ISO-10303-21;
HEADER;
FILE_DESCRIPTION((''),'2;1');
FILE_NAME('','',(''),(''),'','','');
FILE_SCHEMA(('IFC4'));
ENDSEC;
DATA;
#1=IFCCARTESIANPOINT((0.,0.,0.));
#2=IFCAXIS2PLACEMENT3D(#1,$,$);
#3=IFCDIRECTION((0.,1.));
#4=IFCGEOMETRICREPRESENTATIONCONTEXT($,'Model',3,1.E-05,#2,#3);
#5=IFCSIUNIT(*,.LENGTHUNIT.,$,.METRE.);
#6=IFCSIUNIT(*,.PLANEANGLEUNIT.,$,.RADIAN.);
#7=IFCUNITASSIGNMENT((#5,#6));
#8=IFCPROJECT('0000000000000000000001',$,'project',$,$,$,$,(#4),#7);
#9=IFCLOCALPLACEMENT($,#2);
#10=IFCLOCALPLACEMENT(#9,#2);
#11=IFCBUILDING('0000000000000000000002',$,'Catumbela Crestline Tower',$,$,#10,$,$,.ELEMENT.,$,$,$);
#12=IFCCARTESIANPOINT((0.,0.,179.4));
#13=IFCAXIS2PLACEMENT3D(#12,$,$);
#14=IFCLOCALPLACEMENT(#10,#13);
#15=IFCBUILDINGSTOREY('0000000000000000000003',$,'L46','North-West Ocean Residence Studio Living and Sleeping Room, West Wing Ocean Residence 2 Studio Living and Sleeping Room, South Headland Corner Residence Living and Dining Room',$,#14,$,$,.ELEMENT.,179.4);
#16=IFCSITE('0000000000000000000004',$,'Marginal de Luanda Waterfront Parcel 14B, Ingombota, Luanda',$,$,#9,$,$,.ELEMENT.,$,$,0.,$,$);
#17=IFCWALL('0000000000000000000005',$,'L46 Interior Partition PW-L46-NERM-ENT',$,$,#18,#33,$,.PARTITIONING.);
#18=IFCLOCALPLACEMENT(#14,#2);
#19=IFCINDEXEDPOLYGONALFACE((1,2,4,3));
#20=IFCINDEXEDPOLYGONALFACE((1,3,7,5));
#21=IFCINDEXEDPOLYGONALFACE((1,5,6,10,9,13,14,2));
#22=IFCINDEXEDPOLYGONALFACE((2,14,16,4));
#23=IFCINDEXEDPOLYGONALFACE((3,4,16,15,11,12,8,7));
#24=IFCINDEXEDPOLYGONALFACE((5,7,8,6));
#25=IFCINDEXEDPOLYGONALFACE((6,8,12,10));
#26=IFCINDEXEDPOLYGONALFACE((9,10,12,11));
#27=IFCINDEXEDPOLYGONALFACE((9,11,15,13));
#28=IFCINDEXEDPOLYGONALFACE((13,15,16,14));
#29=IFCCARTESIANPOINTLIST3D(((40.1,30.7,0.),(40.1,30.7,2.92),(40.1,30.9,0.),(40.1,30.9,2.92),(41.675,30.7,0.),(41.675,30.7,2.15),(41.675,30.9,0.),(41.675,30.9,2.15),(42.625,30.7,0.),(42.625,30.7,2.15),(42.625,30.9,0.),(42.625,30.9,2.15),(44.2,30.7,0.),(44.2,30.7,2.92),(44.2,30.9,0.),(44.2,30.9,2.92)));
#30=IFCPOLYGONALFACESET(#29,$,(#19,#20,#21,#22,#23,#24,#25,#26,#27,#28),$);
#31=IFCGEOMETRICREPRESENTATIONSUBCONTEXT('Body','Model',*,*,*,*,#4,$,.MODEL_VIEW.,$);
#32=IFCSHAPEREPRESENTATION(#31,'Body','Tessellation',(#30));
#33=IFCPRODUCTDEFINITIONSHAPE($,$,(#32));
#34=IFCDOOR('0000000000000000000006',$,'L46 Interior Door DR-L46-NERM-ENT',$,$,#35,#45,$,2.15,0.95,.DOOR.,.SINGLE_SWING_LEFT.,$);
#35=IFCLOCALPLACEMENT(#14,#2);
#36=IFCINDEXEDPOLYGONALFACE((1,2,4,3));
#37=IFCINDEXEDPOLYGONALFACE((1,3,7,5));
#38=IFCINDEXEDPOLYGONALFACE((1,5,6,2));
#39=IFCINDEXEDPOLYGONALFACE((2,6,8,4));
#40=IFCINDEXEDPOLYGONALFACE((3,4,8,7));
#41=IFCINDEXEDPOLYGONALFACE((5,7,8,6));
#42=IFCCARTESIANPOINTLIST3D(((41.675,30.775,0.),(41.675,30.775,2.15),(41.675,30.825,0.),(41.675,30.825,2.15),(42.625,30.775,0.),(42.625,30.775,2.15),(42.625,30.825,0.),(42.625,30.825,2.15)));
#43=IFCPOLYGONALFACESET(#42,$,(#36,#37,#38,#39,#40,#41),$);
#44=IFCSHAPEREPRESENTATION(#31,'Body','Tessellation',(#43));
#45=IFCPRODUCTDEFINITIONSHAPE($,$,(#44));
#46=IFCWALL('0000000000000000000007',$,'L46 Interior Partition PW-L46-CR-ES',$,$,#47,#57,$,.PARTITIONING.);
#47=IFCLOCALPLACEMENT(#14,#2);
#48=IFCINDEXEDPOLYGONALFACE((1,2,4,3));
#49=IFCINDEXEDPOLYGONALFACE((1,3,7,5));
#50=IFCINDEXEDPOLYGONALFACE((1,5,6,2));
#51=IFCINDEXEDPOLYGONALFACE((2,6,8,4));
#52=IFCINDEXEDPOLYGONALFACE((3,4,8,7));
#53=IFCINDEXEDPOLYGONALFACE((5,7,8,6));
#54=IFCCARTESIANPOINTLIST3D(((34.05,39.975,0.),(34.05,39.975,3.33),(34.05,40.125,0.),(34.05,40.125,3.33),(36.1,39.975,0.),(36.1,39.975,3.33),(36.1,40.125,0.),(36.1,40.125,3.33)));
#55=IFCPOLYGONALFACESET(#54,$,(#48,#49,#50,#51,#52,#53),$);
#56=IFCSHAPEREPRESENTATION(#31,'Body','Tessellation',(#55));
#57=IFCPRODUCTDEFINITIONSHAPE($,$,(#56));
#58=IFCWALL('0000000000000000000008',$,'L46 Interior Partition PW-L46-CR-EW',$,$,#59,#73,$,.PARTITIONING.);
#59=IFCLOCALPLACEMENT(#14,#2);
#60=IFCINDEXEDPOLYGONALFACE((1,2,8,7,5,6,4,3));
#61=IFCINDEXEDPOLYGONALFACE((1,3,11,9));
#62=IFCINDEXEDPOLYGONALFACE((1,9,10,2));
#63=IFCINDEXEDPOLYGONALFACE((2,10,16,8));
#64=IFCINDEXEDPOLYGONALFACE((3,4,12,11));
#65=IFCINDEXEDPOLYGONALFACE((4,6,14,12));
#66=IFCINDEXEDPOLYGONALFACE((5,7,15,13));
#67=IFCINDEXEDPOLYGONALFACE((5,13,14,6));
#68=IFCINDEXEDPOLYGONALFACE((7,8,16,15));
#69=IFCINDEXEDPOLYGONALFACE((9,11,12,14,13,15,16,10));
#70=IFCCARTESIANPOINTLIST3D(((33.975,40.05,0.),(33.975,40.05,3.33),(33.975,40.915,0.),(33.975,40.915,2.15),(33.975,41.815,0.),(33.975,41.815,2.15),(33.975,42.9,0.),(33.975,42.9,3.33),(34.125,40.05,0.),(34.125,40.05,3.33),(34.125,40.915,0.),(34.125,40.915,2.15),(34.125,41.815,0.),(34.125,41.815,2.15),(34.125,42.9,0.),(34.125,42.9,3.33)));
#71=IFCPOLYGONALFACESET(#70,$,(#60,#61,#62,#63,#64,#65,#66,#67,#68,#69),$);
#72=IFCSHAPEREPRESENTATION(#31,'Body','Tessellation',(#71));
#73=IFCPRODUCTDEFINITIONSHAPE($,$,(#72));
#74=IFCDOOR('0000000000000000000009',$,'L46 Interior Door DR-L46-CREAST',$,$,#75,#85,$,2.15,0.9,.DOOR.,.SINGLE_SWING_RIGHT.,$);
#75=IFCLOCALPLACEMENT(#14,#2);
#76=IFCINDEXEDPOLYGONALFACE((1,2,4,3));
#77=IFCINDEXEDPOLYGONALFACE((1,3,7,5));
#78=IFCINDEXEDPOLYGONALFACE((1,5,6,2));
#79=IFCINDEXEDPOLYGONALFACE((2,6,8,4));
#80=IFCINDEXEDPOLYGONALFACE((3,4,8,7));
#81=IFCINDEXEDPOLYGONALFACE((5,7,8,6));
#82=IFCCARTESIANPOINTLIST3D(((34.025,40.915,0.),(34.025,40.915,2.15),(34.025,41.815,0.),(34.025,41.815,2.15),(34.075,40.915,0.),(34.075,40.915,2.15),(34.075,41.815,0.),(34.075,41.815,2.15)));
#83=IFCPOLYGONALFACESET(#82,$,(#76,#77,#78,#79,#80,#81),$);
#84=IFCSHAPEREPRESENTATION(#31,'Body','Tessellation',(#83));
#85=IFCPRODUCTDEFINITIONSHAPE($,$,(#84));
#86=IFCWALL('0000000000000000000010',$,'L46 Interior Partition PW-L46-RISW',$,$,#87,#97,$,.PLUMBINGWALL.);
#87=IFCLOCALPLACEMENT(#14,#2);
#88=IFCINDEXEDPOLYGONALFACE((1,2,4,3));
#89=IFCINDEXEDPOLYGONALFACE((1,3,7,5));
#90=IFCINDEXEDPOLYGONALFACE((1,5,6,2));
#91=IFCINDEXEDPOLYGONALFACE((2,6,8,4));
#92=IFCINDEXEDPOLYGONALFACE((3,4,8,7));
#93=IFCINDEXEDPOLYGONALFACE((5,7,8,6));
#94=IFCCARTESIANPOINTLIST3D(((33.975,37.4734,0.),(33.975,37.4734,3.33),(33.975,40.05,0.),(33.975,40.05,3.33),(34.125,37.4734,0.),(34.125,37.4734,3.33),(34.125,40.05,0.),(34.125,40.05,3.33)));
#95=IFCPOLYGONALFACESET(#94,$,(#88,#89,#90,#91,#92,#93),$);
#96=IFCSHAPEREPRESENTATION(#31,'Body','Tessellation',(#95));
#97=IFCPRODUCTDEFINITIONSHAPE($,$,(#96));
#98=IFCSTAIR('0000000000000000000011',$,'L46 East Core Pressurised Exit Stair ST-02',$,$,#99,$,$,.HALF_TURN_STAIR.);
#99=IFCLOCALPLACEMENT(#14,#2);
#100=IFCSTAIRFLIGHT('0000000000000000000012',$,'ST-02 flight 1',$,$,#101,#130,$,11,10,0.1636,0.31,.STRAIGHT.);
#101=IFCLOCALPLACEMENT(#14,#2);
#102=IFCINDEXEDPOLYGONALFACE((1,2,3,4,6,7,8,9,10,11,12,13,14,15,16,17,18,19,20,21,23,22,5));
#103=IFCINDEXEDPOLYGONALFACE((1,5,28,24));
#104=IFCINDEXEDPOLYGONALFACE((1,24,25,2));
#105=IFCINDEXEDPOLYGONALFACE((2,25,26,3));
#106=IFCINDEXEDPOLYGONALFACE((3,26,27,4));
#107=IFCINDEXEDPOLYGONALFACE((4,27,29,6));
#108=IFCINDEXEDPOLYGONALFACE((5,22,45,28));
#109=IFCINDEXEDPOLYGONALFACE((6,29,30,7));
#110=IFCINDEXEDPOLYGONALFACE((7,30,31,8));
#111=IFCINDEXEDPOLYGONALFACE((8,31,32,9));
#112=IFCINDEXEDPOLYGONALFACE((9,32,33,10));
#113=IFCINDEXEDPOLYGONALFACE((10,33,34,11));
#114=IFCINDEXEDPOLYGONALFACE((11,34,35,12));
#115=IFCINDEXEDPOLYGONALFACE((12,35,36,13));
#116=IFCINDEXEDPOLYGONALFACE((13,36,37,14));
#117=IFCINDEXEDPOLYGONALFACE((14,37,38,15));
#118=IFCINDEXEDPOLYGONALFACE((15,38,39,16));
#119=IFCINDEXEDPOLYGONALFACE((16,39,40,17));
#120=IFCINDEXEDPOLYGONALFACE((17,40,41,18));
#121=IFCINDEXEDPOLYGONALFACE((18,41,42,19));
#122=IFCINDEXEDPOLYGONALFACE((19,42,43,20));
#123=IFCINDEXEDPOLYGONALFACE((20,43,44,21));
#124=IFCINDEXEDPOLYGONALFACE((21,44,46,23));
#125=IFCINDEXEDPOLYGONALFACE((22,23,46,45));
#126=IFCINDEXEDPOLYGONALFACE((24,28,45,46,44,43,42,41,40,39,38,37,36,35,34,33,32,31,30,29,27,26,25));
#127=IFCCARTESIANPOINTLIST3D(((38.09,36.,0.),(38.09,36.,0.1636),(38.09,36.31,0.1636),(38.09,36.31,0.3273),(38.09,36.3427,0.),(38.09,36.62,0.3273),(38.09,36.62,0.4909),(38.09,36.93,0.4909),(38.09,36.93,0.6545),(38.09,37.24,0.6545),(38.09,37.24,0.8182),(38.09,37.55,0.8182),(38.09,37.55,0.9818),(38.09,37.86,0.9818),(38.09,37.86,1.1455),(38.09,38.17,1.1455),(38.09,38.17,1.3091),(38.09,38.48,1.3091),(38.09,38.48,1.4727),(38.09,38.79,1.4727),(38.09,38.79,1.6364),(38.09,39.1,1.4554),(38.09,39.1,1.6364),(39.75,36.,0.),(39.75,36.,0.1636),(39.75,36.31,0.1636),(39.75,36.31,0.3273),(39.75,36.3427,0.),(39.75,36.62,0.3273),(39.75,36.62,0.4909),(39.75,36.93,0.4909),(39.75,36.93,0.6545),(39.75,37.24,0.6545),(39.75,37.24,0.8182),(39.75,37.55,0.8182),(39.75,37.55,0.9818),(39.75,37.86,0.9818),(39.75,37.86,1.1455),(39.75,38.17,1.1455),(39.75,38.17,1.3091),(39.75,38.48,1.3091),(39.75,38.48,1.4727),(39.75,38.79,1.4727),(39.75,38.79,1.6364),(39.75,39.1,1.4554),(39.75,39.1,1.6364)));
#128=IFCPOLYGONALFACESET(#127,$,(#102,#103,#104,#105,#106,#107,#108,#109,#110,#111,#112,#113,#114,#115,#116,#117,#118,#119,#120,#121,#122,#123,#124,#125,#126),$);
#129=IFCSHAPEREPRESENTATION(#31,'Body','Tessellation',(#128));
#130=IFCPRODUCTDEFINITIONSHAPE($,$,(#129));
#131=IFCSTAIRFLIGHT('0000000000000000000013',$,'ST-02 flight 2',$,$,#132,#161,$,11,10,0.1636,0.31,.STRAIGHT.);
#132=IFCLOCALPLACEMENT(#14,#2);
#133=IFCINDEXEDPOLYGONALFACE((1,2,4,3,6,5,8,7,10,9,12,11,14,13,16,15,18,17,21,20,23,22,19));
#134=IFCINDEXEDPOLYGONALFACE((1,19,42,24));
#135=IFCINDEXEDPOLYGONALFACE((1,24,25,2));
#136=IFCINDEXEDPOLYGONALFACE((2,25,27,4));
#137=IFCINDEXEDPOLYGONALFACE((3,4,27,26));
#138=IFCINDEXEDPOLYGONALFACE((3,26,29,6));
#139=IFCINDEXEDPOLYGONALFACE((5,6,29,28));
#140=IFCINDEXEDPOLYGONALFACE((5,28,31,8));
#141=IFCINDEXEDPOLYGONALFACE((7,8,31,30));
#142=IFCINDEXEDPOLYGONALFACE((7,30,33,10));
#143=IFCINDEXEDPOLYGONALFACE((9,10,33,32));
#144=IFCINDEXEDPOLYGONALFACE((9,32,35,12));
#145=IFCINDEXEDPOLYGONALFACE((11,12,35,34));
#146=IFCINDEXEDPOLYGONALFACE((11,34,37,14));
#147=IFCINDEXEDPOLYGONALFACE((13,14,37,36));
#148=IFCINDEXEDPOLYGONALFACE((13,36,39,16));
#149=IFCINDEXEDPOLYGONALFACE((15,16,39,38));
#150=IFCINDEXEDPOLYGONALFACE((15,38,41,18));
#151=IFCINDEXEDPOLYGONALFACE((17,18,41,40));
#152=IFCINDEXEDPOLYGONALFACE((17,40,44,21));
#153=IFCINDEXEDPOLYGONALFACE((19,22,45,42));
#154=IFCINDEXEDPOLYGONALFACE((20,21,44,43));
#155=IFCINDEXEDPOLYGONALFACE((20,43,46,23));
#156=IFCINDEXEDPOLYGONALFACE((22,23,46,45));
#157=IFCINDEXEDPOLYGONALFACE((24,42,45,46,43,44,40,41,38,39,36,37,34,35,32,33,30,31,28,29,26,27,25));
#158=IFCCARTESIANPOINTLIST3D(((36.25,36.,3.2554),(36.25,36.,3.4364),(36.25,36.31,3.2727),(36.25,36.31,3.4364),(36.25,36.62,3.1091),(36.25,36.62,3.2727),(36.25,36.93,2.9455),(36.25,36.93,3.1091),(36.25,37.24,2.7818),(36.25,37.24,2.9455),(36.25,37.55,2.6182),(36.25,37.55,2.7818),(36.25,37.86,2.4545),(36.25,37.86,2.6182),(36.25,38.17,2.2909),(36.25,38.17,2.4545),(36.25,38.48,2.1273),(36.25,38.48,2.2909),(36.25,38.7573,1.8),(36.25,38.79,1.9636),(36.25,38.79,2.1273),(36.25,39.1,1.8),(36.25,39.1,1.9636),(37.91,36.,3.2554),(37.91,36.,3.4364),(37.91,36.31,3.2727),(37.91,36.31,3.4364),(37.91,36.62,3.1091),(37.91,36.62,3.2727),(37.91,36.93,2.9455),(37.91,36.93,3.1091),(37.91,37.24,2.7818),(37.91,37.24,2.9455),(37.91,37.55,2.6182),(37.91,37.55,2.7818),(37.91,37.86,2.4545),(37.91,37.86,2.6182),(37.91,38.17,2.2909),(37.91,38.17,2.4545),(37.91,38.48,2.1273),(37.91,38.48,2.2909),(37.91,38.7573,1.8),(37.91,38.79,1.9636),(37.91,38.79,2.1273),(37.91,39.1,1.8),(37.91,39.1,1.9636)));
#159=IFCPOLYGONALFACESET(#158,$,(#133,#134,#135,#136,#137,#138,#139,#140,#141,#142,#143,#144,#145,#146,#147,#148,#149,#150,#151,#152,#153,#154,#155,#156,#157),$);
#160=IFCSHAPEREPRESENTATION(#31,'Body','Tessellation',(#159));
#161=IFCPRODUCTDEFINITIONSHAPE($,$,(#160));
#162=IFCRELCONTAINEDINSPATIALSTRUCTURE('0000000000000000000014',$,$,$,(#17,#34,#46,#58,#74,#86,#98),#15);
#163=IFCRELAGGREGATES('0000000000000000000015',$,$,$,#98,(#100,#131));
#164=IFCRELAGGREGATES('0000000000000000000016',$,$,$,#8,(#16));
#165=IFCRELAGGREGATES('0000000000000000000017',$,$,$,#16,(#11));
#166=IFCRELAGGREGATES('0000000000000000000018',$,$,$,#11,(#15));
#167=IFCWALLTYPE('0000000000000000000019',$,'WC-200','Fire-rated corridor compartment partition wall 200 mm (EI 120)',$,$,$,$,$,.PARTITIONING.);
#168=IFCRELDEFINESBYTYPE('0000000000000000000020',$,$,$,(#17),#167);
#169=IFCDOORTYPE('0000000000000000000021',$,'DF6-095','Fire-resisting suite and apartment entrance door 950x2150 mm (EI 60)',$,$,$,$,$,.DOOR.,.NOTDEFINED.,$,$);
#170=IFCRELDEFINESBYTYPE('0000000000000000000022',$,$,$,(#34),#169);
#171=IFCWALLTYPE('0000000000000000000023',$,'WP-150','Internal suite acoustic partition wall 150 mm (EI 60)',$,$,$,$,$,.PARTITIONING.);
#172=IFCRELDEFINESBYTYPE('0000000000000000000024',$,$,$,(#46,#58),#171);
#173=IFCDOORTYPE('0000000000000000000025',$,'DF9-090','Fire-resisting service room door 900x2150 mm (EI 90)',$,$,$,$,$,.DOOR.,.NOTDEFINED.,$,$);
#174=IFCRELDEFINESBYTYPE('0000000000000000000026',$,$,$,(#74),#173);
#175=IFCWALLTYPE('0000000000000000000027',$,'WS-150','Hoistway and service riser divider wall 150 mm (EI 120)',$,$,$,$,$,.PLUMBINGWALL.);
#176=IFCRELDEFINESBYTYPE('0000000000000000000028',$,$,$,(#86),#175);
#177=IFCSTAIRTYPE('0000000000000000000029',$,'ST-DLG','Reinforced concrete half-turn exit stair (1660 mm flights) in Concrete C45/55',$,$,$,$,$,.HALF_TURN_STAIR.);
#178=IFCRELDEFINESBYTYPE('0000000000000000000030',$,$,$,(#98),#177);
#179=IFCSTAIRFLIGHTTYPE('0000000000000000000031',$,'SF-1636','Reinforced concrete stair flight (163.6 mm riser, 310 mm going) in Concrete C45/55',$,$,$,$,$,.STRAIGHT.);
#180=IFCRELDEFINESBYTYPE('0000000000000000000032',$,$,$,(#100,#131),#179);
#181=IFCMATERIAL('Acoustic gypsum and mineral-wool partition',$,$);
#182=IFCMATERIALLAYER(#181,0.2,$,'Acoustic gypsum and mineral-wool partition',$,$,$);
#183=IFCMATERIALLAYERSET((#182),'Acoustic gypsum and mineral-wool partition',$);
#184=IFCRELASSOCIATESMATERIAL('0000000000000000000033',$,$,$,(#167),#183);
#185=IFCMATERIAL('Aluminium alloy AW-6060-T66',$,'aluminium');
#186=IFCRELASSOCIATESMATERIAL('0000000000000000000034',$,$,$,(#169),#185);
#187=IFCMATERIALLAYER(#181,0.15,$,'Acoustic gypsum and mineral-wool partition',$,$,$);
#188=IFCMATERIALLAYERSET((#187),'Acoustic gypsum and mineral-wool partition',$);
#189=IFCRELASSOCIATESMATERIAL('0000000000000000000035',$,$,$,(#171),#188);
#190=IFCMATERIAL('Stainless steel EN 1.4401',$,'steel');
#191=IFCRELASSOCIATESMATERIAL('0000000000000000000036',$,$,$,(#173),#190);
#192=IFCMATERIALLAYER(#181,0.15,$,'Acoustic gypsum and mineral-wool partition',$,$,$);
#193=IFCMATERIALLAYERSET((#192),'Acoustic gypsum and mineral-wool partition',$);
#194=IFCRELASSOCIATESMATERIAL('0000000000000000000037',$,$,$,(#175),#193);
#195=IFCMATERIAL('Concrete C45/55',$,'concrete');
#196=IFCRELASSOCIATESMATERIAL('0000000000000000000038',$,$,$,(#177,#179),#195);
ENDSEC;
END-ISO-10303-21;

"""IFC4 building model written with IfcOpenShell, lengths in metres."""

from ifc_helpers import new_model, si_unit, direction, frame, frame_2d, origin, place, context, subcontext, project, spatial, polyline, rectangle, outline, extrude, material, layer, layer_set, type_object, element, fill, aggregate, save


model = new_model("IFC4")

# Units and contexts
model_context = context("Model", 3, precision=1e-05, world=origin(), true_north=direction((0.0, 1.0)))
body_context = subcontext(model_context, "Body", "Model", "MODEL_VIEW")
ifc_project = project(units=[si_unit("LENGTHUNIT", "METRE"), si_unit("PLANEANGLEUNIT", "RADIAN")], contexts=[model_context])

# Site, building, storey
site_placement = place(None, origin())
site = spatial("IfcSite", under=ifc_project, at=site_placement, Name="Marginal de Luanda Waterfront Parcel 14B, Ingombota, Luanda", CompositionType="ELEMENT", RefElevation=0.0)
building_placement = place(site_placement, origin())
building = spatial("IfcBuilding", under=site, at=building_placement, Name="Catumbela Crestline Tower", CompositionType="ELEMENT")
storey_placement = place(building_placement, frame((0.0, 0.0, 179.4)))
storey = spatial("IfcBuildingStorey", under=building, at=storey_placement, Name="L46", Description="North-West Ocean Residence Studio Living and Sleeping Room, West Wing Ocean Residence 2 Studio Living and Sleeping Room, South Headland Corner Residence Living and Dining Room", CompositionType="ELEMENT", Elevation=179.4)

# Shared definitions
ifc_material_1 = material(Name="Aluminium alloy AW-6060-T66", Category="aluminium")

# Wall, opening, door
ifc_material_2 = material(Name="Acoustic gypsum and mineral-wool partition")
ifc_layer_1 = layer(ifc_material_2, 0.2, Name="Acoustic gypsum and mineral-wool partition")
ifc_layer_set_1 = layer_set([ifc_layer_1], Name="Acoustic gypsum and mineral-wool partition")
wall_type_1 = type_object("IfcWallType", Name="WC-200", Description="Fire-rated corridor compartment partition wall 200 mm (EI 120)", PredefinedType="PARTITIONING", material=ifc_layer_set_1)
wall_1_placement = place(storey_placement, frame((40.1, 30.8, 0.0), z_axis=(0.0, 0.0, 1.0), x_axis=(1.0, 0.0, 0.0)))
wall_1 = element("IfcWall", 1, at=wall_1_placement, inside=storey, type_object=wall_type_1, Name="L46 Interior Partition PW-L46-NERM-ENT", PredefinedType="PARTITIONING", context=body_context, shape_type="SweptSolid", body=[
    extrude(rectangle(XDim=4.1, YDim=0.2, at=frame_2d((2.05, 0.0))), origin(), (0.0, 0.0, 1.0), 2.92),
])
opening_1_placement = place(wall_1_placement, frame((1.575, 0.0, 0.0)))
opening_1 = element("IfcOpeningElement", 2, at=opening_1_placement, cuts=wall_1, PredefinedType="OPENING", context=body_context, shape_type="SweptSolid", body=[
    extrude(rectangle(XDim=0.95, YDim=2.15, at=frame_2d((0.475, 1.075))), frame((0.0, 0.11, 0.0), z_axis=(0.0, -1.0, 0.0), x_axis=(1.0, 0.0, 0.0)), (0.0, 0.0, 1.0), 0.22),
])
door_type_1 = type_object("IfcDoorType", Name="DF6-095", Description="Fire-resisting suite and apartment entrance door 950x2150 mm (EI 60)", OperationType="NOTDEFINED", PredefinedType="DOOR", material=ifc_material_1)
door_1_placement = place(opening_1_placement, origin())
door_1 = element("IfcDoor", 3, at=door_1_placement, inside=storey, type_object=door_type_1, Name="L46 Interior Door DR-L46-NERM-ENT", OperationType="SINGLE_SWING_LEFT", OverallHeight=2.15, OverallWidth=0.95, PredefinedType="DOOR", context=body_context, shape_type="SweptSolid", body=[
    extrude(rectangle(XDim=0.95, YDim=2.15, at=frame_2d((0.475, 1.075))), frame((0.0, 0.025, 0.0), z_axis=(0.0, -1.0, 0.0), x_axis=(1.0, 0.0, 0.0)), (0.0, 0.0, 1.0), 0.05),
])
fill(opening_1, door_1)

# Wall
ifc_layer_2 = layer(ifc_material_2, 0.15, Name="Acoustic gypsum and mineral-wool partition")
ifc_layer_set_2 = layer_set([ifc_layer_2], Name="Acoustic gypsum and mineral-wool partition")
wall_type_2 = type_object("IfcWallType", Name="WP-150", Description="Internal suite acoustic partition wall 150 mm (EI 60)", PredefinedType="PARTITIONING", material=ifc_layer_set_2)
wall_2_placement = place(storey_placement, frame((34.05, 40.05, 0.0), z_axis=(0.0, 0.0, 1.0), x_axis=(1.0, 0.0, 0.0)))
element("IfcWall", 4, at=wall_2_placement, inside=storey, type_object=wall_type_2, Name="L46 Interior Partition PW-L46-CR-ES", PredefinedType="PARTITIONING", context=body_context, shape_type="SweptSolid", body=[
    extrude(rectangle(XDim=2.05, YDim=0.15, at=frame_2d((1.025, 0.0))), origin(), (0.0, 0.0, 1.0), 3.33),
])

# Wall, opening, door
wall_3_placement = place(storey_placement, frame((34.05, 40.05, 0.0), z_axis=(0.0, 0.0, 1.0), x_axis=(0.0, 1.0, 0.0)))
wall_3 = element("IfcWall", 5, at=wall_3_placement, inside=storey, type_object=wall_type_2, Name="L46 Interior Partition PW-L46-CR-EW", PredefinedType="PARTITIONING", context=body_context, shape_type="SweptSolid", body=[
    extrude(rectangle(XDim=2.85, YDim=0.15, at=frame_2d((1.425, 0.0))), origin(), (0.0, 0.0, 1.0), 3.33),
])
opening_2_placement = place(wall_3_placement, frame((0.865, 0.0, 0.0)))
opening_2 = element("IfcOpeningElement", 6, at=opening_2_placement, cuts=wall_3, PredefinedType="OPENING", context=body_context, shape_type="SweptSolid", body=[
    extrude(rectangle(XDim=0.9, YDim=2.15, at=frame_2d((0.45, 1.075))), frame((0.0, 0.085, 0.0), z_axis=(0.0, -1.0, 0.0), x_axis=(1.0, 0.0, 0.0)), (0.0, 0.0, 1.0), 0.17),
])
ifc_material_3 = material(Name="Stainless steel EN 1.4401", Category="steel")
door_type_2 = type_object("IfcDoorType", Name="DF9-090", Description="Fire-resisting service room door 900x2150 mm (EI 90)", OperationType="NOTDEFINED", PredefinedType="DOOR", material=ifc_material_3)
door_2_placement = place(opening_2_placement, origin())
door_2 = element("IfcDoor", 7, at=door_2_placement, inside=storey, type_object=door_type_2, Name="L46 Interior Door DR-L46-CREAST", OperationType="SINGLE_SWING_RIGHT", OverallHeight=2.15, OverallWidth=0.9, PredefinedType="DOOR", context=body_context, shape_type="SweptSolid", body=[
    extrude(rectangle(XDim=0.9, YDim=2.15, at=frame_2d((0.45, 1.075))), frame((0.0, 0.025, 0.0), z_axis=(0.0, -1.0, 0.0), x_axis=(1.0, 0.0, 0.0)), (0.0, 0.0, 1.0), 0.05),
])
fill(opening_2, door_2)

# Wall
ifc_layer_3 = layer(ifc_material_2, 0.15, Name="Acoustic gypsum and mineral-wool partition")
ifc_layer_set_3 = layer_set([ifc_layer_3], Name="Acoustic gypsum and mineral-wool partition")
wall_type_3 = type_object("IfcWallType", Name="WS-150", Description="Hoistway and service riser divider wall 150 mm (EI 120)", PredefinedType="PLUMBINGWALL", material=ifc_layer_set_3)
wall_4_placement = place(storey_placement, frame((34.05, 37.4734, 0.0), z_axis=(0.0, 0.0, 1.0), x_axis=(0.0, 1.0, 0.0)))
element("IfcWall", 8, at=wall_4_placement, inside=storey, type_object=wall_type_3, Name="L46 Interior Partition PW-L46-RISW", PredefinedType="PLUMBINGWALL", context=body_context, shape_type="SweptSolid", body=[
    extrude(rectangle(XDim=2.5766, YDim=0.15, at=frame_2d((1.2883, 0.0))), origin(), (0.0, 0.0, 1.0), 3.33),
])

# Stair, stair flights
ifc_material_4 = material(Name="Concrete C45/55", Category="concrete")
stair_type = type_object("IfcStairType", Name="ST-DLG", Description="Reinforced concrete half-turn exit stair (1660 mm flights) in Concrete C45/55", PredefinedType="HALF_TURN_STAIR", material=ifc_material_4)
stair_placement = place(storey_placement, origin())
stair = element("IfcStair", 9, at=stair_placement, inside=storey, type_object=stair_type, Name="L46 East Core Pressurised Exit Stair ST-02", PredefinedType="HALF_TURN_STAIR")
stair_flight_type = type_object("IfcStairFlightType", Name="SF-1636", Description="Reinforced concrete stair flight (163.6 mm riser, 310 mm going) in Concrete C45/55", PredefinedType="STRAIGHT", material=ifc_material_4)
stair_flight_1_placement = place(storey_placement, frame((38.92, 36.0, 0.0), z_axis=(0.0, 0.0, 1.0), x_axis=(0.0, 1.0, 0.0)))
stair_flight_1 = element("IfcStairFlight", 10, at=stair_flight_1_placement, type_object=stair_flight_type, Name="ST-02 flight 1", NumberOfRisers=11, NumberOfTreads=10, PredefinedType="STRAIGHT", RiserHeight=0.1636, TreadLength=0.31, context=body_context, shape_type="SweptSolid", body=[
    extrude(outline(polyline([(0.0, 0.0), (0.0, 0.1636), (0.31, 0.1636), (0.31, 0.3273), (0.62, 0.3273), (0.62, 0.4909), (0.93, 0.4909), (0.93, 0.6545), (1.24, 0.6545), (1.24, 0.8182), (1.55, 0.8182), (1.55, 0.9818), (1.86, 0.9818), (1.86, 1.1455), (2.17, 1.1455), (2.17, 1.3091), (2.48, 1.3091), (2.48, 1.4727), (2.79, 1.4727), (2.79, 1.6364), (3.1, 1.6364), (3.1, 1.8), (3.1, 1.4554), (0.3427, 0.0), (0.0, 0.0)])), frame((0.0, 0.83, 0.0), z_axis=(0.0, -1.0, 0.0), x_axis=(1.0, 0.0, 0.0)), (0.0, 0.0, 1.0), 1.66),
])
stair_flight_2_placement = place(storey_placement, frame((37.08, 39.1, 1.8), z_axis=(0.0, 0.0, 1.0), x_axis=(0.0, -1.0, 0.0)))
stair_flight_2 = element("IfcStairFlight", 11, at=stair_flight_2_placement, type_object=stair_flight_type, Name="ST-02 flight 2", NumberOfRisers=11, NumberOfTreads=10, PredefinedType="STRAIGHT", RiserHeight=0.1636, TreadLength=0.31, context=body_context, shape_type="SweptSolid", body=[
    extrude(outline(polyline([(0.0, 0.0), (0.0, 0.1636), (0.31, 0.1636), (0.31, 0.3273), (0.62, 0.3273), (0.62, 0.4909), (0.93, 0.4909), (0.93, 0.6545), (1.24, 0.6545), (1.24, 0.8182), (1.55, 0.8182), (1.55, 0.9818), (1.86, 0.9818), (1.86, 1.1455), (2.17, 1.1455), (2.17, 1.3091), (2.48, 1.3091), (2.48, 1.4727), (2.79, 1.4727), (2.79, 1.6364), (3.1, 1.6364), (3.1, 1.8), (3.1, 1.4554), (0.3427, 0.0), (0.0, 0.0)])), frame((0.0, 0.83, 0.0), z_axis=(0.0, -1.0, 0.0), x_axis=(1.0, 0.0, 0.0)), (0.0, 0.0, 1.0), 1.66),
])
aggregate(stair, [stair_flight_1, stair_flight_2])

save(model, "model.ifc")
